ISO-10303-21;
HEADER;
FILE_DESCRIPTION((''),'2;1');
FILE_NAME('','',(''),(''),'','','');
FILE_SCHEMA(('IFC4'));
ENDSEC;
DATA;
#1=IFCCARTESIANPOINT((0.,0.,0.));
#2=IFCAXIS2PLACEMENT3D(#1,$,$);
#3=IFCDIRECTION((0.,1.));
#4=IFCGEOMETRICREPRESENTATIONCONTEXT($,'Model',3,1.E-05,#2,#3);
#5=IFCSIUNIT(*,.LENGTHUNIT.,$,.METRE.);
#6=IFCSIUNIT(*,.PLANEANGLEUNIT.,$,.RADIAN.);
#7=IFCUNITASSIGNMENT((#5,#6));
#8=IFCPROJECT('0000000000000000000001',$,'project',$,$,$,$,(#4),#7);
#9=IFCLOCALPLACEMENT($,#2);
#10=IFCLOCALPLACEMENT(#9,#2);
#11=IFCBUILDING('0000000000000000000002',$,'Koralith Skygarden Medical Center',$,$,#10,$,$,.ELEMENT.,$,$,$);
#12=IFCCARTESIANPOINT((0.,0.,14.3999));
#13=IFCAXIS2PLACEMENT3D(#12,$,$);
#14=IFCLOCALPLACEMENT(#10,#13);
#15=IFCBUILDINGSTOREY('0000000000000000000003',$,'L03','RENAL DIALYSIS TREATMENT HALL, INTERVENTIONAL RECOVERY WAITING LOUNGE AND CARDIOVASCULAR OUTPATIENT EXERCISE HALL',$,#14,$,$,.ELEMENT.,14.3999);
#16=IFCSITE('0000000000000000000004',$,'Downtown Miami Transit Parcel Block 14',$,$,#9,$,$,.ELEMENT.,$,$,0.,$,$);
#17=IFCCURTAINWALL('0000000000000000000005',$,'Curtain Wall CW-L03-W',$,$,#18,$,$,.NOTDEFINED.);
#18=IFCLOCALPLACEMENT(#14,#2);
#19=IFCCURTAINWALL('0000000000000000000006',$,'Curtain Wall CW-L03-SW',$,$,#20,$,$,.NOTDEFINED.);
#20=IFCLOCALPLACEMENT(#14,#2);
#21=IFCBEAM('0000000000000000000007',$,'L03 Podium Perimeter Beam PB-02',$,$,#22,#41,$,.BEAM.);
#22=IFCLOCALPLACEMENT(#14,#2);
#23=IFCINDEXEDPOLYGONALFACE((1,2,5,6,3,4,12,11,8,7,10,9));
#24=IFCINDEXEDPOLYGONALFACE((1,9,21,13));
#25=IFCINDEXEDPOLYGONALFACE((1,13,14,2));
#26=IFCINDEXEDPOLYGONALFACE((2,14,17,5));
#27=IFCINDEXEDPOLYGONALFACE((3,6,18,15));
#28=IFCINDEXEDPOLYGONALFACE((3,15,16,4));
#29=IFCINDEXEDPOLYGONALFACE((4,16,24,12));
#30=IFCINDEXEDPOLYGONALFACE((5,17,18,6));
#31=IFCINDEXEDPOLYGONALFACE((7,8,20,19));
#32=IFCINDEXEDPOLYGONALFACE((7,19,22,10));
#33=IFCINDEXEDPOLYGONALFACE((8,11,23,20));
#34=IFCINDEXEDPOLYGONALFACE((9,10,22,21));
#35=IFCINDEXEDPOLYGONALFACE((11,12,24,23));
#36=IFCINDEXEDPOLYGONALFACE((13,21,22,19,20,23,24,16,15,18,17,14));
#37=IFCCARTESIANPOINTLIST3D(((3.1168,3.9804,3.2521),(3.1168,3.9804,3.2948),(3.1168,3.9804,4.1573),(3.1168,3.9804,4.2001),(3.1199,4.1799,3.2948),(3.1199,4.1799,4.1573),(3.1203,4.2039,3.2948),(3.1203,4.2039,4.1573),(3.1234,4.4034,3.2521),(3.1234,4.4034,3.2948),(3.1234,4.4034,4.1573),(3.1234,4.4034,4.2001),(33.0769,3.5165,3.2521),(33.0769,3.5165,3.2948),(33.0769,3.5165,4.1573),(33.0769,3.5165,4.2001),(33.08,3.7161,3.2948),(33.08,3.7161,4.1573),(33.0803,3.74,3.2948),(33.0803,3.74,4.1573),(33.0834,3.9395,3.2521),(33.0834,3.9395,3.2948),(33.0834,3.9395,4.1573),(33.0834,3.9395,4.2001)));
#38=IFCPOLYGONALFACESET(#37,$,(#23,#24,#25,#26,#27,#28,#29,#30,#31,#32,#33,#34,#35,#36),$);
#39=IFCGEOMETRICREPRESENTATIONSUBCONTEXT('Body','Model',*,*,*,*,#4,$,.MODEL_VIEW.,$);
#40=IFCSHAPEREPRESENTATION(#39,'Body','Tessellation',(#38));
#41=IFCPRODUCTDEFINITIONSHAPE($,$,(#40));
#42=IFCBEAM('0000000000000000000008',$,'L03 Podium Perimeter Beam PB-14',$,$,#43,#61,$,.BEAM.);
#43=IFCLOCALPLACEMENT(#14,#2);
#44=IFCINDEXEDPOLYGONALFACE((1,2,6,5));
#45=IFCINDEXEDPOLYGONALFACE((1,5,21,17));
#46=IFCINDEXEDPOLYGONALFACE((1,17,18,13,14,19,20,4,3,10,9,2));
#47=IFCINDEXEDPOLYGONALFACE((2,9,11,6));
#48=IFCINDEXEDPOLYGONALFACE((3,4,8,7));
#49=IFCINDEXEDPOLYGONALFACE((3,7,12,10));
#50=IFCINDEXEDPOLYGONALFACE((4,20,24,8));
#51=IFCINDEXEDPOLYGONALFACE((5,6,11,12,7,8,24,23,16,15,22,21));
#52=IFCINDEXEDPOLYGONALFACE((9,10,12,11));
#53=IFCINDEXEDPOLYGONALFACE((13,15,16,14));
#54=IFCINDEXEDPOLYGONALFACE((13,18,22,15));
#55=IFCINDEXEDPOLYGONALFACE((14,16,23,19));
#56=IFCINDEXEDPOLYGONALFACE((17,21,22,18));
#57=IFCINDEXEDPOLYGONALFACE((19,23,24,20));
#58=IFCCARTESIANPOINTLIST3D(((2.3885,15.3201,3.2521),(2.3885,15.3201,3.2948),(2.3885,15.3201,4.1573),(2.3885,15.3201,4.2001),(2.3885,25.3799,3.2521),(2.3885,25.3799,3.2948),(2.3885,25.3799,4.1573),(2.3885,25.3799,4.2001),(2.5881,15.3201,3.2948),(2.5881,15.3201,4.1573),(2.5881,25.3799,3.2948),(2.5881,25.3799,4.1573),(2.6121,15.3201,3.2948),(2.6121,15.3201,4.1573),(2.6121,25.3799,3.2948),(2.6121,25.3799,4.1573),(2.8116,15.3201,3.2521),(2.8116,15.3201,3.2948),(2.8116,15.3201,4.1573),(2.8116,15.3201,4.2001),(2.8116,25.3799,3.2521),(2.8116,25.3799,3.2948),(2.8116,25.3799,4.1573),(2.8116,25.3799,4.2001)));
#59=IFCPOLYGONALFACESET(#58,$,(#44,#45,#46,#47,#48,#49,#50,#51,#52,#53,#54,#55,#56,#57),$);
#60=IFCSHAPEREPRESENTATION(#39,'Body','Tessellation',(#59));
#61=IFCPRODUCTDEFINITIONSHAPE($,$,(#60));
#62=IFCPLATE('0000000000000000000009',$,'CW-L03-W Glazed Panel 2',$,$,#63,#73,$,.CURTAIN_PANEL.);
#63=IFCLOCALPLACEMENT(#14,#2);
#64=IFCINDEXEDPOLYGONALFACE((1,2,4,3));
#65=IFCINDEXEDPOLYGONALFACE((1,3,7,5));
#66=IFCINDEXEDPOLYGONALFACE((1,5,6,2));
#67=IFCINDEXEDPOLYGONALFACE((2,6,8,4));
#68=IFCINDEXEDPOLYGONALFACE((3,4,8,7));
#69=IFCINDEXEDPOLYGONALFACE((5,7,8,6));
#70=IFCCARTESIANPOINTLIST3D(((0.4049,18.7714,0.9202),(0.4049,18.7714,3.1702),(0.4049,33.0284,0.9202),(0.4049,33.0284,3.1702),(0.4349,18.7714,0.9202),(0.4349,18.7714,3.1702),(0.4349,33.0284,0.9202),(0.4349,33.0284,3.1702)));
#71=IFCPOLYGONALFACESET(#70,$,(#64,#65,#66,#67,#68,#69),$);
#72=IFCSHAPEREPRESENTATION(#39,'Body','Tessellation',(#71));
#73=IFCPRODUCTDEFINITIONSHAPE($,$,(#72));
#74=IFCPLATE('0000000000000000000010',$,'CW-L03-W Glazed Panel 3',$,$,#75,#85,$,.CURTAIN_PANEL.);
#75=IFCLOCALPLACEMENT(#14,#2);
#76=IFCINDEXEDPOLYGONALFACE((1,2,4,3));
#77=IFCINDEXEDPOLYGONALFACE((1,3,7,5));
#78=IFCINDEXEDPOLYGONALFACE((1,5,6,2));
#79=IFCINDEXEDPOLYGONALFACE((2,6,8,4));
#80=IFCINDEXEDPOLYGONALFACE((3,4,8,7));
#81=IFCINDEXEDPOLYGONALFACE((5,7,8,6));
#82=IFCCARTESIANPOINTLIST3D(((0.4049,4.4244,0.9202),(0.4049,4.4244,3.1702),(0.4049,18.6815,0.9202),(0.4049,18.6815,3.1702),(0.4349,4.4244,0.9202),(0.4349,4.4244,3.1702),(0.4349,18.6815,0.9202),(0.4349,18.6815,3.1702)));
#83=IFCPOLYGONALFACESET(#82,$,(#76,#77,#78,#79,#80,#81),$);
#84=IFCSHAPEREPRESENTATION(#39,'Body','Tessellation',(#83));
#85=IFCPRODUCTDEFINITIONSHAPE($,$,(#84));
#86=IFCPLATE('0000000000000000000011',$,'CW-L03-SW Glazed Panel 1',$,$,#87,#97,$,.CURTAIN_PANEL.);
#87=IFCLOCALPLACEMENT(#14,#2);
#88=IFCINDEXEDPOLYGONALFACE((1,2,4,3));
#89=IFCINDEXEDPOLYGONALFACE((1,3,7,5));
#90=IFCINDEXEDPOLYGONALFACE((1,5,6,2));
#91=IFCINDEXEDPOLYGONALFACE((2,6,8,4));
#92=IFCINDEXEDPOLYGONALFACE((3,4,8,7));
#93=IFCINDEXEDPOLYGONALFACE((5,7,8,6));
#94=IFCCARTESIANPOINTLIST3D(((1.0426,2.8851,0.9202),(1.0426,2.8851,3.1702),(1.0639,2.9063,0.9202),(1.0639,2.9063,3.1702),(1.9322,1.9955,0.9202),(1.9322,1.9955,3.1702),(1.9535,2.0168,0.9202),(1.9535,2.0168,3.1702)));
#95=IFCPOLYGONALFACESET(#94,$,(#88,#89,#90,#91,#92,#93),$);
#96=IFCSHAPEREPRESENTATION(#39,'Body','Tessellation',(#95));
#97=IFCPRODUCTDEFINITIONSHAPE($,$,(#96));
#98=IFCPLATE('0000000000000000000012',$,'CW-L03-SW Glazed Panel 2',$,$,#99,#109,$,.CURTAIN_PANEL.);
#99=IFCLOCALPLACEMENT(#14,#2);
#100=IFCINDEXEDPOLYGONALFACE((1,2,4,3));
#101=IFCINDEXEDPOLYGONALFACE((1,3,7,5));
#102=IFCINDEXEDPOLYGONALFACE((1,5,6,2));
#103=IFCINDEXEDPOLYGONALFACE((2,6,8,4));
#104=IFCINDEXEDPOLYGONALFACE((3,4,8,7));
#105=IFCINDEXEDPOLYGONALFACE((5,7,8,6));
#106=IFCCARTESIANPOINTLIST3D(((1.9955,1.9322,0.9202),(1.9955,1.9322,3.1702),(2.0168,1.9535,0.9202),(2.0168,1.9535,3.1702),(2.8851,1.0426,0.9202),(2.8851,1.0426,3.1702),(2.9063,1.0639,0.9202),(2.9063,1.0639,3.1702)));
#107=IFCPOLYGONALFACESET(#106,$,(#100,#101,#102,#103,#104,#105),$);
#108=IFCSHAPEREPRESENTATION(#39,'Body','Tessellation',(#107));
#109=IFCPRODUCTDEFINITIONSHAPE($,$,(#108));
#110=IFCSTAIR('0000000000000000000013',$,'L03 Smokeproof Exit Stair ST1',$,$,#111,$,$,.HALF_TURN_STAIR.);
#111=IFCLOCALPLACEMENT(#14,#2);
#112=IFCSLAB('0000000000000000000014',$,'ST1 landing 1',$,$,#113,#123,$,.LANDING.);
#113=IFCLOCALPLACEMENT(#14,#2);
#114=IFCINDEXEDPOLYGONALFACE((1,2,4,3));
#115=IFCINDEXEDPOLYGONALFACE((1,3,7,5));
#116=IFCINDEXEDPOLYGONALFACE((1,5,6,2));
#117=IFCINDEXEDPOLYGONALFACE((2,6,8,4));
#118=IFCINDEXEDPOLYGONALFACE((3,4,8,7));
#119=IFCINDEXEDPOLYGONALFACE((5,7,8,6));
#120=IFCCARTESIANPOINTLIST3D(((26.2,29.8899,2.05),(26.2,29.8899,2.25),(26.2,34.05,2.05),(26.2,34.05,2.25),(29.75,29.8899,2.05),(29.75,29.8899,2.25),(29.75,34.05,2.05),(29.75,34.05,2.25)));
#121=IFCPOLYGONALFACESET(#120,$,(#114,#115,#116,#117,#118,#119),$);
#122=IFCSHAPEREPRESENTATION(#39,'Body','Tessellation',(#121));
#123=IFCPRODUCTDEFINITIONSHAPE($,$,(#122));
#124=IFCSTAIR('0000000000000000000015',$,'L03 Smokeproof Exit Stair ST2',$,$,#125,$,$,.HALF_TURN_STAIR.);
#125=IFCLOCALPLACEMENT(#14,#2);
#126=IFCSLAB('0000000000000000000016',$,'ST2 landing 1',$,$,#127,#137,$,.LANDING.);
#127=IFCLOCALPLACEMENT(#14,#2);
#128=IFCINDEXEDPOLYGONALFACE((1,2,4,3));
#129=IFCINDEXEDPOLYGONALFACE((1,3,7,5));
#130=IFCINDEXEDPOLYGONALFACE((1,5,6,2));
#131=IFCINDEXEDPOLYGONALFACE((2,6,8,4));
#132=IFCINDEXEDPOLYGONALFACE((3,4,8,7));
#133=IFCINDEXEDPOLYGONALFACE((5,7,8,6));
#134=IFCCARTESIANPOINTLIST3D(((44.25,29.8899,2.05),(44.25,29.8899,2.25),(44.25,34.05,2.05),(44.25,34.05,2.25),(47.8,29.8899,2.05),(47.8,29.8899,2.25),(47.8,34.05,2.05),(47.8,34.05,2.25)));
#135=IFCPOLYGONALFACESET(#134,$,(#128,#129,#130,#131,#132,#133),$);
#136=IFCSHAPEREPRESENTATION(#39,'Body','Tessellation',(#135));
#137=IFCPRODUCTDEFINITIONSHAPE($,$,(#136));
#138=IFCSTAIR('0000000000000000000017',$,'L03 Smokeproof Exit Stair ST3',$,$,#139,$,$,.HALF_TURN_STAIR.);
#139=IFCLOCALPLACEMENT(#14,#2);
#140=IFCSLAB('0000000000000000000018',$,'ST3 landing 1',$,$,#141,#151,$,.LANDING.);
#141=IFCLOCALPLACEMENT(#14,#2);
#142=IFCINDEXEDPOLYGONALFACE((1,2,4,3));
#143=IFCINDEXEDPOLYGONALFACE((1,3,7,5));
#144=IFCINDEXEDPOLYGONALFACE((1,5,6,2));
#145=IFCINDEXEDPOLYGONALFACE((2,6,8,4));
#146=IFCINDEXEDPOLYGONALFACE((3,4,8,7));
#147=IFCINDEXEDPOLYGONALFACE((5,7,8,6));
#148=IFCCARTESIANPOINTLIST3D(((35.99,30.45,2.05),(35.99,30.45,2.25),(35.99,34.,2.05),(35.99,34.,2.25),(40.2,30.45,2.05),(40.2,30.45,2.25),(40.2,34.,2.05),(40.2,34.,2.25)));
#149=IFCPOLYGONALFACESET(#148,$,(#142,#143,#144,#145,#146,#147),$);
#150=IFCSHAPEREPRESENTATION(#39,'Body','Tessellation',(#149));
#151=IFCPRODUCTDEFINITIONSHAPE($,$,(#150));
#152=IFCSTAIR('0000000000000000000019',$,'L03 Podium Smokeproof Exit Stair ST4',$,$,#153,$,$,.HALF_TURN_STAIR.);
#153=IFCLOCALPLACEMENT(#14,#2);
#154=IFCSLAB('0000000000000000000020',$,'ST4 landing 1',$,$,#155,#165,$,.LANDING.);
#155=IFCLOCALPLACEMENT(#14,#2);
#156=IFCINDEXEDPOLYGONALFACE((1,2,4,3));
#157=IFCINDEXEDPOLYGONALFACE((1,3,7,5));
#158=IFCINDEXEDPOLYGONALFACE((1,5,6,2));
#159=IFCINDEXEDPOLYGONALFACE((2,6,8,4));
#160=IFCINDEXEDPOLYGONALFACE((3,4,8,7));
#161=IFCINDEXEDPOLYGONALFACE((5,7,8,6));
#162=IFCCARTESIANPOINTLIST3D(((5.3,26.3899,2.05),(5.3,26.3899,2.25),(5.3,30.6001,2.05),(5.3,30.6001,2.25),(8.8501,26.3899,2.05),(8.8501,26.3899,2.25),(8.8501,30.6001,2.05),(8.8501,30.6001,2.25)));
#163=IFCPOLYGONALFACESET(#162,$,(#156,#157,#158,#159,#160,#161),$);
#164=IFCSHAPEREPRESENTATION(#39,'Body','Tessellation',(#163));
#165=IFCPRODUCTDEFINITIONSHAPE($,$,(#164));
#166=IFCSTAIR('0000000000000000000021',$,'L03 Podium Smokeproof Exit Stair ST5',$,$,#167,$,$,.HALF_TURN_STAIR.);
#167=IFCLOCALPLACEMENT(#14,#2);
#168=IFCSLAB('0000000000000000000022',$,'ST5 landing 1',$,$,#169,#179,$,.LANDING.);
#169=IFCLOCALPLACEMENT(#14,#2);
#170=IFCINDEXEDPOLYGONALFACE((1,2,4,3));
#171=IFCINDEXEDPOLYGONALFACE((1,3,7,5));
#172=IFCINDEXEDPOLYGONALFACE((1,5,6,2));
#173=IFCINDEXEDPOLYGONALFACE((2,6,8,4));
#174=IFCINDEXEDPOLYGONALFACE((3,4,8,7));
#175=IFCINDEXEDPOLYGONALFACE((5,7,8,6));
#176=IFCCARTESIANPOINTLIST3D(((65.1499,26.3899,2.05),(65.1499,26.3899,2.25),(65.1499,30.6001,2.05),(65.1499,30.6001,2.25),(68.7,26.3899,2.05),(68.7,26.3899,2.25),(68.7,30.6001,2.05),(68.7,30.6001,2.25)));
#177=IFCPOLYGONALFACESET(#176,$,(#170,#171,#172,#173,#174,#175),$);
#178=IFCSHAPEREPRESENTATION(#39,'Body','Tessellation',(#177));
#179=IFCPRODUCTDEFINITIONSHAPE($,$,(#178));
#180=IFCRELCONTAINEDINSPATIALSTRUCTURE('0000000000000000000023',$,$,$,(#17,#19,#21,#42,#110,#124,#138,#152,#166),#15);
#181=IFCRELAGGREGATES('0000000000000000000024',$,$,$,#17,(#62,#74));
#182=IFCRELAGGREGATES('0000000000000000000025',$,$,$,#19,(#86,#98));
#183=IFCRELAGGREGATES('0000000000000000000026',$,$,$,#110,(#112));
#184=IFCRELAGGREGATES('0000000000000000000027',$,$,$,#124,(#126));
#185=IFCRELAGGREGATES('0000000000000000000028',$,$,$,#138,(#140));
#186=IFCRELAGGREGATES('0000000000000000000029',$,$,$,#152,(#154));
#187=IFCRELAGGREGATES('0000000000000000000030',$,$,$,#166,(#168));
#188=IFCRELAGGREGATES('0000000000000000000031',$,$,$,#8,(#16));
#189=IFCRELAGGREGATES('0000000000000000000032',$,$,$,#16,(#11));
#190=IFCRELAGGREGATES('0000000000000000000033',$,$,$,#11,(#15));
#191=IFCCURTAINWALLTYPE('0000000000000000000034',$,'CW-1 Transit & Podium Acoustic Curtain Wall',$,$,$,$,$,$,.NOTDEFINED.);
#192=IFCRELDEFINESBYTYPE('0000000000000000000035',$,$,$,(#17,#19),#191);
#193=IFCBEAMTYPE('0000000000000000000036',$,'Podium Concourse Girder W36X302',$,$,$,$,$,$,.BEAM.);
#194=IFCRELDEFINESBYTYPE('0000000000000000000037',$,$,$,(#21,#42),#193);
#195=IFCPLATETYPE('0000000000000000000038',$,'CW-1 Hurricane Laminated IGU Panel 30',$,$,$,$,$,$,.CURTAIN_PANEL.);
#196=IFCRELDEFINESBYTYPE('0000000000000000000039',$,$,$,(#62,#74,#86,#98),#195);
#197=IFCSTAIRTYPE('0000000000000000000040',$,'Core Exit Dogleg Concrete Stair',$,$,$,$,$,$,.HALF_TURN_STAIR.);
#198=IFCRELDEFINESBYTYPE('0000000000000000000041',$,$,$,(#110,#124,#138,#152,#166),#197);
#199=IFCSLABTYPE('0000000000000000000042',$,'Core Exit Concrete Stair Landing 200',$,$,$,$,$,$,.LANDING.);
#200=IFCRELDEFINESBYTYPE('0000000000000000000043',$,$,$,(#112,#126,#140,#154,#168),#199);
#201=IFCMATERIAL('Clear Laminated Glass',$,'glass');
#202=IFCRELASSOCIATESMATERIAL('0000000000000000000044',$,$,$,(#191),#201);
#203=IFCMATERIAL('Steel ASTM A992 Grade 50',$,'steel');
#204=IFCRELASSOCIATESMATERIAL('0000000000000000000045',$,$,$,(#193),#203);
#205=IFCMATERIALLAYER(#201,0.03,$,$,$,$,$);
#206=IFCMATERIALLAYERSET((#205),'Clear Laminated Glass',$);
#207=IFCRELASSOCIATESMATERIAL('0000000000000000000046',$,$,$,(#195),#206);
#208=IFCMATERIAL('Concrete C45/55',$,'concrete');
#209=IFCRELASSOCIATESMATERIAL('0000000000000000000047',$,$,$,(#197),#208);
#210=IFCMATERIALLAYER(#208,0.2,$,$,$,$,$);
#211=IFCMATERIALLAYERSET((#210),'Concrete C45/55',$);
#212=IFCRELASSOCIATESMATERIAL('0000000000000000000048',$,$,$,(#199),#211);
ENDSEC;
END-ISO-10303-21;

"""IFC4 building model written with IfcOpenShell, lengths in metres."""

from ifc_helpers import new_model, si_unit, direction, frame, origin, origin_2d, place, context, subcontext, project, spatial, polyline, rectangle, i_section, outline, extrude, material, layer, layer_set, material_profile, profile_set, type_object, element, aggregate, save


model = new_model("IFC4")

# Units and contexts
model_context = context("Model", 3, precision=1e-05, world=origin(), true_north=direction((0.0, 1.0)))
body_context = subcontext(model_context, "Body", "Model", "MODEL_VIEW")
ifc_project = project(units=[si_unit("LENGTHUNIT", "METRE"), si_unit("PLANEANGLEUNIT", "RADIAN")], contexts=[model_context])

# Site, building, storey
site_placement = place(None, origin())
site = spatial("IfcSite", under=ifc_project, at=site_placement, Name="Downtown Miami Transit Parcel Block 14", CompositionType="ELEMENT", RefElevation=0.0)
building_placement = place(site_placement, origin())
building = spatial("IfcBuilding", under=site, at=building_placement, Name="Koralith Skygarden Medical Center", CompositionType="ELEMENT")
storey_placement = place(building_placement, frame((0.0, 0.0, 14.3999)))
storey = spatial("IfcBuildingStorey", under=building, at=storey_placement, Name="L03", Description="RENAL DIALYSIS TREATMENT HALL, INTERVENTIONAL RECOVERY WAITING LOUNGE AND CARDIOVASCULAR OUTPATIENT EXERCISE HALL", CompositionType="ELEMENT", Elevation=14.3999)

# Shared definitions
ifc_material_1 = material(Name="Clear Laminated Glass", Category="glass")
curtain_wall_type = type_object("IfcCurtainWallType", Name="CW-1 Transit & Podium Acoustic Curtain Wall", PredefinedType="NOTDEFINED", material=ifc_material_1)

# Curtain walls
curtain_wall_1_placement = place(storey_placement, origin())
curtain_wall_1 = element("IfcCurtainWall", 1, at=curtain_wall_1_placement, inside=storey, type_object=curtain_wall_type, Name="Curtain Wall CW-L03-W", PredefinedType="NOTDEFINED")
curtain_wall_2_placement = place(storey_placement, origin())
curtain_wall_2 = element("IfcCurtainWall", 2, at=curtain_wall_2_placement, inside=storey, type_object=curtain_wall_type, Name="Curtain Wall CW-L03-SW", PredefinedType="NOTDEFINED")

# Beams
ifc_material_2 = material(Name="Steel ASTM A992 Grade 50", Category="steel")
ifc_material_profile_1 = material_profile(ifc_material_2, i_section(OverallWidth=0.4231, OverallDepth=0.948, WebThickness=0.0239, FlangeThickness=0.0427, at=origin_2d()), Name="W36X302")
ifc_profile_set_1 = profile_set([ifc_material_profile_1], Name="Steel ASTM A992 Grade 50")
beam_type = type_object("IfcBeamType", Name="Podium Concourse Girder W36X302", PredefinedType="BEAM", material=ifc_profile_set_1)
beam_1_placement = place(storey_placement, frame((3.1201, 4.1919, 3.7261), z_axis=(0.99988, -0.015481, 0.0), x_axis=(0.015481, 0.99988, 0.0)))
element("IfcBeam", 3, at=beam_1_placement, inside=storey, type_object=beam_type, Name="L03 Podium Perimeter Beam PB-02", PredefinedType="BEAM", context=body_context, shape_type="SweptSolid", body=[
    extrude(i_section(OverallWidth=0.4231, OverallDepth=0.948, WebThickness=0.0239, FlangeThickness=0.0427, at=origin_2d()), origin(), (0.0, 0.0, 1.0), 29.9636),
])
beam_2_placement = place(storey_placement, frame((2.6001, 25.3799, 3.7261), z_axis=(0.0, -1.0, 0.0), x_axis=(1.0, 0.0, 0.0)))
element("IfcBeam", 4, at=beam_2_placement, inside=storey, type_object=beam_type, Name="L03 Podium Perimeter Beam PB-14", PredefinedType="BEAM", context=body_context, shape_type="SweptSolid", body=[
    extrude(i_section(OverallWidth=0.4231, OverallDepth=0.948, WebThickness=0.0239, FlangeThickness=0.0427, at=origin_2d()), origin(), (0.0, 0.0, 1.0), 10.0598),
])

# Plates
ifc_layer_1 = layer(ifc_material_1, 0.03)
ifc_layer_set_1 = layer_set([ifc_layer_1], Name="Clear Laminated Glass")
plate_type_1 = type_object("IfcPlateType", Name="CW-1 Hurricane Laminated IGU Panel 30", PredefinedType="CURTAIN_PANEL", material=ifc_layer_set_1)
plate_1_placement = place(storey_placement, frame((0.4199, 25.8999, 0.9202), z_axis=(0.0, 0.0, 1.0), x_axis=(0.0, -1.0, 0.0)))
plate_1 = element("IfcPlate", 5, at=plate_1_placement, type_object=plate_type_1, Name="CW-L03-W Glazed Panel 2", PredefinedType="CURTAIN_PANEL", context=body_context, shape_type="SweptSolid", body=[
    extrude(rectangle(XDim=14.2571, YDim=0.03, at=origin_2d()), origin(), (0.0, 0.0, 1.0), 2.25),
])
plate_2_placement = place(storey_placement, frame((0.4199, 11.553, 0.9202), z_axis=(0.0, 0.0, 1.0), x_axis=(0.0, -1.0, 0.0)))
plate_2 = element("IfcPlate", 6, at=plate_2_placement, type_object=plate_type_1, Name="CW-L03-W Glazed Panel 3", PredefinedType="CURTAIN_PANEL", context=body_context, shape_type="SweptSolid", body=[
    extrude(rectangle(XDim=14.2571, YDim=0.03, at=origin_2d()), origin(), (0.0, 0.0, 1.0), 2.25),
])
aggregate(curtain_wall_1, [plate_1, plate_2])
plate_3_placement = place(storey_placement, frame((1.498, 2.4509, 0.9202), z_axis=(0.0, 0.0, 1.0), x_axis=(0.707107, -0.707107, 0.0)))
plate_3 = element("IfcPlate", 7, at=plate_3_placement, type_object=plate_type_1, Name="CW-L03-SW Glazed Panel 1", PredefinedType="CURTAIN_PANEL", context=body_context, shape_type="SweptSolid", body=[
    extrude(rectangle(XDim=1.2581, YDim=0.03, at=origin_2d()), origin(), (0.0, 0.0, 1.0), 2.25),
])
plate_4_placement = place(storey_placement, frame((2.4509, 1.498, 0.9202), z_axis=(0.0, 0.0, 1.0), x_axis=(0.707107, -0.707107, 0.0)))
plate_4 = element("IfcPlate", 8, at=plate_4_placement, type_object=plate_type_1, Name="CW-L03-SW Glazed Panel 2", PredefinedType="CURTAIN_PANEL", context=body_context, shape_type="SweptSolid", body=[
    extrude(rectangle(XDim=1.2581, YDim=0.03, at=origin_2d()), origin(), (0.0, 0.0, 1.0), 2.25),
])
aggregate(curtain_wall_2, [plate_3, plate_4])

# Stairs, slabs
ifc_material_3 = material(Name="Concrete C45/55", Category="concrete")
stair_type = type_object("IfcStairType", Name="Core Exit Dogleg Concrete Stair", PredefinedType="HALF_TURN_STAIR", material=ifc_material_3)
stair_1_placement = place(storey_placement, origin())
stair_1 = element("IfcStair", 9, at=stair_1_placement, inside=storey, type_object=stair_type, Name="L03 Smokeproof Exit Stair ST1", PredefinedType="HALF_TURN_STAIR")
ifc_layer_2 = layer(ifc_material_3, 0.2)
ifc_layer_set_2 = layer_set([ifc_layer_2], Name="Concrete C45/55")
slab_type_1 = type_object("IfcSlabType", Name="Core Exit Concrete Stair Landing 200", PredefinedType="LANDING", material=ifc_layer_set_2)
slab_1_placement = place(storey_placement, frame((0.0, 0.0, 2.05)))
slab_1 = element("IfcSlab", 10, at=slab_1_placement, type_object=slab_type_1, Name="ST1 landing 1", PredefinedType="LANDING", context=body_context, shape_type="SweptSolid", body=[
    extrude(outline(polyline([(29.75, 29.8899), (29.75, 34.05), (26.2, 34.05), (26.2, 29.8899), (29.75, 29.8899)])), origin(), (0.0, 0.0, 1.0), 0.2),
])
aggregate(stair_1, [slab_1])
stair_2_placement = place(storey_placement, origin())
stair_2 = element("IfcStair", 11, at=stair_2_placement, inside=storey, type_object=stair_type, Name="L03 Smokeproof Exit Stair ST2", PredefinedType="HALF_TURN_STAIR")
slab_2_placement = place(storey_placement, frame((0.0, 0.0, 2.05)))
slab_2 = element("IfcSlab", 12, at=slab_2_placement, type_object=slab_type_1, Name="ST2 landing 1", PredefinedType="LANDING", context=body_context, shape_type="SweptSolid", body=[
    extrude(outline(polyline([(47.8, 29.8899), (47.8, 34.05), (44.25, 34.05), (44.25, 29.8899), (47.8, 29.8899)])), origin(), (0.0, 0.0, 1.0), 0.2),
])
aggregate(stair_2, [slab_2])
stair_3_placement = place(storey_placement, origin())
stair_3 = element("IfcStair", 13, at=stair_3_placement, inside=storey, type_object=stair_type, Name="L03 Smokeproof Exit Stair ST3", PredefinedType="HALF_TURN_STAIR")
slab_3_placement = place(storey_placement, frame((0.0, 0.0, 2.05)))
slab_3 = element("IfcSlab", 14, at=slab_3_placement, type_object=slab_type_1, Name="ST3 landing 1", PredefinedType="LANDING", context=body_context, shape_type="SweptSolid", body=[
    extrude(outline(polyline([(35.99, 30.45), (40.2, 30.45), (40.2, 34.0), (35.99, 34.0), (35.99, 30.45)])), origin(), (0.0, 0.0, 1.0), 0.2),
])
aggregate(stair_3, [slab_3])
stair_4_placement = place(storey_placement, origin())
stair_4 = element("IfcStair", 15, at=stair_4_placement, inside=storey, type_object=stair_type, Name="L03 Podium Smokeproof Exit Stair ST4", PredefinedType="HALF_TURN_STAIR")
slab_4_placement = place(storey_placement, frame((0.0, 0.0, 2.05)))
slab_4 = element("IfcSlab", 16, at=slab_4_placement, type_object=slab_type_1, Name="ST4 landing 1", PredefinedType="LANDING", context=body_context, shape_type="SweptSolid", body=[
    extrude(outline(polyline([(8.8501, 26.3899), (8.8501, 30.6001), (5.3, 30.6001), (5.3, 26.3899), (8.8501, 26.3899)])), origin(), (0.0, 0.0, 1.0), 0.2),
])
aggregate(stair_4, [slab_4])
stair_5_placement = place(storey_placement, origin())
stair_5 = element("IfcStair", 17, at=stair_5_placement, inside=storey, type_object=stair_type, Name="L03 Podium Smokeproof Exit Stair ST5", PredefinedType="HALF_TURN_STAIR")
slab_5_placement = place(storey_placement, frame((0.0, 0.0, 2.05)))
slab_5 = element("IfcSlab", 18, at=slab_5_placement, type_object=slab_type_1, Name="ST5 landing 1", PredefinedType="LANDING", context=body_context, shape_type="SweptSolid", body=[
    extrude(outline(polyline([(68.7, 26.3899), (68.7, 30.6001), (65.1499, 30.6001), (65.1499, 26.3899), (68.7, 26.3899)])), origin(), (0.0, 0.0, 1.0), 0.2),
])
aggregate(stair_5, [slab_5])

save(model, "model.ifc")
